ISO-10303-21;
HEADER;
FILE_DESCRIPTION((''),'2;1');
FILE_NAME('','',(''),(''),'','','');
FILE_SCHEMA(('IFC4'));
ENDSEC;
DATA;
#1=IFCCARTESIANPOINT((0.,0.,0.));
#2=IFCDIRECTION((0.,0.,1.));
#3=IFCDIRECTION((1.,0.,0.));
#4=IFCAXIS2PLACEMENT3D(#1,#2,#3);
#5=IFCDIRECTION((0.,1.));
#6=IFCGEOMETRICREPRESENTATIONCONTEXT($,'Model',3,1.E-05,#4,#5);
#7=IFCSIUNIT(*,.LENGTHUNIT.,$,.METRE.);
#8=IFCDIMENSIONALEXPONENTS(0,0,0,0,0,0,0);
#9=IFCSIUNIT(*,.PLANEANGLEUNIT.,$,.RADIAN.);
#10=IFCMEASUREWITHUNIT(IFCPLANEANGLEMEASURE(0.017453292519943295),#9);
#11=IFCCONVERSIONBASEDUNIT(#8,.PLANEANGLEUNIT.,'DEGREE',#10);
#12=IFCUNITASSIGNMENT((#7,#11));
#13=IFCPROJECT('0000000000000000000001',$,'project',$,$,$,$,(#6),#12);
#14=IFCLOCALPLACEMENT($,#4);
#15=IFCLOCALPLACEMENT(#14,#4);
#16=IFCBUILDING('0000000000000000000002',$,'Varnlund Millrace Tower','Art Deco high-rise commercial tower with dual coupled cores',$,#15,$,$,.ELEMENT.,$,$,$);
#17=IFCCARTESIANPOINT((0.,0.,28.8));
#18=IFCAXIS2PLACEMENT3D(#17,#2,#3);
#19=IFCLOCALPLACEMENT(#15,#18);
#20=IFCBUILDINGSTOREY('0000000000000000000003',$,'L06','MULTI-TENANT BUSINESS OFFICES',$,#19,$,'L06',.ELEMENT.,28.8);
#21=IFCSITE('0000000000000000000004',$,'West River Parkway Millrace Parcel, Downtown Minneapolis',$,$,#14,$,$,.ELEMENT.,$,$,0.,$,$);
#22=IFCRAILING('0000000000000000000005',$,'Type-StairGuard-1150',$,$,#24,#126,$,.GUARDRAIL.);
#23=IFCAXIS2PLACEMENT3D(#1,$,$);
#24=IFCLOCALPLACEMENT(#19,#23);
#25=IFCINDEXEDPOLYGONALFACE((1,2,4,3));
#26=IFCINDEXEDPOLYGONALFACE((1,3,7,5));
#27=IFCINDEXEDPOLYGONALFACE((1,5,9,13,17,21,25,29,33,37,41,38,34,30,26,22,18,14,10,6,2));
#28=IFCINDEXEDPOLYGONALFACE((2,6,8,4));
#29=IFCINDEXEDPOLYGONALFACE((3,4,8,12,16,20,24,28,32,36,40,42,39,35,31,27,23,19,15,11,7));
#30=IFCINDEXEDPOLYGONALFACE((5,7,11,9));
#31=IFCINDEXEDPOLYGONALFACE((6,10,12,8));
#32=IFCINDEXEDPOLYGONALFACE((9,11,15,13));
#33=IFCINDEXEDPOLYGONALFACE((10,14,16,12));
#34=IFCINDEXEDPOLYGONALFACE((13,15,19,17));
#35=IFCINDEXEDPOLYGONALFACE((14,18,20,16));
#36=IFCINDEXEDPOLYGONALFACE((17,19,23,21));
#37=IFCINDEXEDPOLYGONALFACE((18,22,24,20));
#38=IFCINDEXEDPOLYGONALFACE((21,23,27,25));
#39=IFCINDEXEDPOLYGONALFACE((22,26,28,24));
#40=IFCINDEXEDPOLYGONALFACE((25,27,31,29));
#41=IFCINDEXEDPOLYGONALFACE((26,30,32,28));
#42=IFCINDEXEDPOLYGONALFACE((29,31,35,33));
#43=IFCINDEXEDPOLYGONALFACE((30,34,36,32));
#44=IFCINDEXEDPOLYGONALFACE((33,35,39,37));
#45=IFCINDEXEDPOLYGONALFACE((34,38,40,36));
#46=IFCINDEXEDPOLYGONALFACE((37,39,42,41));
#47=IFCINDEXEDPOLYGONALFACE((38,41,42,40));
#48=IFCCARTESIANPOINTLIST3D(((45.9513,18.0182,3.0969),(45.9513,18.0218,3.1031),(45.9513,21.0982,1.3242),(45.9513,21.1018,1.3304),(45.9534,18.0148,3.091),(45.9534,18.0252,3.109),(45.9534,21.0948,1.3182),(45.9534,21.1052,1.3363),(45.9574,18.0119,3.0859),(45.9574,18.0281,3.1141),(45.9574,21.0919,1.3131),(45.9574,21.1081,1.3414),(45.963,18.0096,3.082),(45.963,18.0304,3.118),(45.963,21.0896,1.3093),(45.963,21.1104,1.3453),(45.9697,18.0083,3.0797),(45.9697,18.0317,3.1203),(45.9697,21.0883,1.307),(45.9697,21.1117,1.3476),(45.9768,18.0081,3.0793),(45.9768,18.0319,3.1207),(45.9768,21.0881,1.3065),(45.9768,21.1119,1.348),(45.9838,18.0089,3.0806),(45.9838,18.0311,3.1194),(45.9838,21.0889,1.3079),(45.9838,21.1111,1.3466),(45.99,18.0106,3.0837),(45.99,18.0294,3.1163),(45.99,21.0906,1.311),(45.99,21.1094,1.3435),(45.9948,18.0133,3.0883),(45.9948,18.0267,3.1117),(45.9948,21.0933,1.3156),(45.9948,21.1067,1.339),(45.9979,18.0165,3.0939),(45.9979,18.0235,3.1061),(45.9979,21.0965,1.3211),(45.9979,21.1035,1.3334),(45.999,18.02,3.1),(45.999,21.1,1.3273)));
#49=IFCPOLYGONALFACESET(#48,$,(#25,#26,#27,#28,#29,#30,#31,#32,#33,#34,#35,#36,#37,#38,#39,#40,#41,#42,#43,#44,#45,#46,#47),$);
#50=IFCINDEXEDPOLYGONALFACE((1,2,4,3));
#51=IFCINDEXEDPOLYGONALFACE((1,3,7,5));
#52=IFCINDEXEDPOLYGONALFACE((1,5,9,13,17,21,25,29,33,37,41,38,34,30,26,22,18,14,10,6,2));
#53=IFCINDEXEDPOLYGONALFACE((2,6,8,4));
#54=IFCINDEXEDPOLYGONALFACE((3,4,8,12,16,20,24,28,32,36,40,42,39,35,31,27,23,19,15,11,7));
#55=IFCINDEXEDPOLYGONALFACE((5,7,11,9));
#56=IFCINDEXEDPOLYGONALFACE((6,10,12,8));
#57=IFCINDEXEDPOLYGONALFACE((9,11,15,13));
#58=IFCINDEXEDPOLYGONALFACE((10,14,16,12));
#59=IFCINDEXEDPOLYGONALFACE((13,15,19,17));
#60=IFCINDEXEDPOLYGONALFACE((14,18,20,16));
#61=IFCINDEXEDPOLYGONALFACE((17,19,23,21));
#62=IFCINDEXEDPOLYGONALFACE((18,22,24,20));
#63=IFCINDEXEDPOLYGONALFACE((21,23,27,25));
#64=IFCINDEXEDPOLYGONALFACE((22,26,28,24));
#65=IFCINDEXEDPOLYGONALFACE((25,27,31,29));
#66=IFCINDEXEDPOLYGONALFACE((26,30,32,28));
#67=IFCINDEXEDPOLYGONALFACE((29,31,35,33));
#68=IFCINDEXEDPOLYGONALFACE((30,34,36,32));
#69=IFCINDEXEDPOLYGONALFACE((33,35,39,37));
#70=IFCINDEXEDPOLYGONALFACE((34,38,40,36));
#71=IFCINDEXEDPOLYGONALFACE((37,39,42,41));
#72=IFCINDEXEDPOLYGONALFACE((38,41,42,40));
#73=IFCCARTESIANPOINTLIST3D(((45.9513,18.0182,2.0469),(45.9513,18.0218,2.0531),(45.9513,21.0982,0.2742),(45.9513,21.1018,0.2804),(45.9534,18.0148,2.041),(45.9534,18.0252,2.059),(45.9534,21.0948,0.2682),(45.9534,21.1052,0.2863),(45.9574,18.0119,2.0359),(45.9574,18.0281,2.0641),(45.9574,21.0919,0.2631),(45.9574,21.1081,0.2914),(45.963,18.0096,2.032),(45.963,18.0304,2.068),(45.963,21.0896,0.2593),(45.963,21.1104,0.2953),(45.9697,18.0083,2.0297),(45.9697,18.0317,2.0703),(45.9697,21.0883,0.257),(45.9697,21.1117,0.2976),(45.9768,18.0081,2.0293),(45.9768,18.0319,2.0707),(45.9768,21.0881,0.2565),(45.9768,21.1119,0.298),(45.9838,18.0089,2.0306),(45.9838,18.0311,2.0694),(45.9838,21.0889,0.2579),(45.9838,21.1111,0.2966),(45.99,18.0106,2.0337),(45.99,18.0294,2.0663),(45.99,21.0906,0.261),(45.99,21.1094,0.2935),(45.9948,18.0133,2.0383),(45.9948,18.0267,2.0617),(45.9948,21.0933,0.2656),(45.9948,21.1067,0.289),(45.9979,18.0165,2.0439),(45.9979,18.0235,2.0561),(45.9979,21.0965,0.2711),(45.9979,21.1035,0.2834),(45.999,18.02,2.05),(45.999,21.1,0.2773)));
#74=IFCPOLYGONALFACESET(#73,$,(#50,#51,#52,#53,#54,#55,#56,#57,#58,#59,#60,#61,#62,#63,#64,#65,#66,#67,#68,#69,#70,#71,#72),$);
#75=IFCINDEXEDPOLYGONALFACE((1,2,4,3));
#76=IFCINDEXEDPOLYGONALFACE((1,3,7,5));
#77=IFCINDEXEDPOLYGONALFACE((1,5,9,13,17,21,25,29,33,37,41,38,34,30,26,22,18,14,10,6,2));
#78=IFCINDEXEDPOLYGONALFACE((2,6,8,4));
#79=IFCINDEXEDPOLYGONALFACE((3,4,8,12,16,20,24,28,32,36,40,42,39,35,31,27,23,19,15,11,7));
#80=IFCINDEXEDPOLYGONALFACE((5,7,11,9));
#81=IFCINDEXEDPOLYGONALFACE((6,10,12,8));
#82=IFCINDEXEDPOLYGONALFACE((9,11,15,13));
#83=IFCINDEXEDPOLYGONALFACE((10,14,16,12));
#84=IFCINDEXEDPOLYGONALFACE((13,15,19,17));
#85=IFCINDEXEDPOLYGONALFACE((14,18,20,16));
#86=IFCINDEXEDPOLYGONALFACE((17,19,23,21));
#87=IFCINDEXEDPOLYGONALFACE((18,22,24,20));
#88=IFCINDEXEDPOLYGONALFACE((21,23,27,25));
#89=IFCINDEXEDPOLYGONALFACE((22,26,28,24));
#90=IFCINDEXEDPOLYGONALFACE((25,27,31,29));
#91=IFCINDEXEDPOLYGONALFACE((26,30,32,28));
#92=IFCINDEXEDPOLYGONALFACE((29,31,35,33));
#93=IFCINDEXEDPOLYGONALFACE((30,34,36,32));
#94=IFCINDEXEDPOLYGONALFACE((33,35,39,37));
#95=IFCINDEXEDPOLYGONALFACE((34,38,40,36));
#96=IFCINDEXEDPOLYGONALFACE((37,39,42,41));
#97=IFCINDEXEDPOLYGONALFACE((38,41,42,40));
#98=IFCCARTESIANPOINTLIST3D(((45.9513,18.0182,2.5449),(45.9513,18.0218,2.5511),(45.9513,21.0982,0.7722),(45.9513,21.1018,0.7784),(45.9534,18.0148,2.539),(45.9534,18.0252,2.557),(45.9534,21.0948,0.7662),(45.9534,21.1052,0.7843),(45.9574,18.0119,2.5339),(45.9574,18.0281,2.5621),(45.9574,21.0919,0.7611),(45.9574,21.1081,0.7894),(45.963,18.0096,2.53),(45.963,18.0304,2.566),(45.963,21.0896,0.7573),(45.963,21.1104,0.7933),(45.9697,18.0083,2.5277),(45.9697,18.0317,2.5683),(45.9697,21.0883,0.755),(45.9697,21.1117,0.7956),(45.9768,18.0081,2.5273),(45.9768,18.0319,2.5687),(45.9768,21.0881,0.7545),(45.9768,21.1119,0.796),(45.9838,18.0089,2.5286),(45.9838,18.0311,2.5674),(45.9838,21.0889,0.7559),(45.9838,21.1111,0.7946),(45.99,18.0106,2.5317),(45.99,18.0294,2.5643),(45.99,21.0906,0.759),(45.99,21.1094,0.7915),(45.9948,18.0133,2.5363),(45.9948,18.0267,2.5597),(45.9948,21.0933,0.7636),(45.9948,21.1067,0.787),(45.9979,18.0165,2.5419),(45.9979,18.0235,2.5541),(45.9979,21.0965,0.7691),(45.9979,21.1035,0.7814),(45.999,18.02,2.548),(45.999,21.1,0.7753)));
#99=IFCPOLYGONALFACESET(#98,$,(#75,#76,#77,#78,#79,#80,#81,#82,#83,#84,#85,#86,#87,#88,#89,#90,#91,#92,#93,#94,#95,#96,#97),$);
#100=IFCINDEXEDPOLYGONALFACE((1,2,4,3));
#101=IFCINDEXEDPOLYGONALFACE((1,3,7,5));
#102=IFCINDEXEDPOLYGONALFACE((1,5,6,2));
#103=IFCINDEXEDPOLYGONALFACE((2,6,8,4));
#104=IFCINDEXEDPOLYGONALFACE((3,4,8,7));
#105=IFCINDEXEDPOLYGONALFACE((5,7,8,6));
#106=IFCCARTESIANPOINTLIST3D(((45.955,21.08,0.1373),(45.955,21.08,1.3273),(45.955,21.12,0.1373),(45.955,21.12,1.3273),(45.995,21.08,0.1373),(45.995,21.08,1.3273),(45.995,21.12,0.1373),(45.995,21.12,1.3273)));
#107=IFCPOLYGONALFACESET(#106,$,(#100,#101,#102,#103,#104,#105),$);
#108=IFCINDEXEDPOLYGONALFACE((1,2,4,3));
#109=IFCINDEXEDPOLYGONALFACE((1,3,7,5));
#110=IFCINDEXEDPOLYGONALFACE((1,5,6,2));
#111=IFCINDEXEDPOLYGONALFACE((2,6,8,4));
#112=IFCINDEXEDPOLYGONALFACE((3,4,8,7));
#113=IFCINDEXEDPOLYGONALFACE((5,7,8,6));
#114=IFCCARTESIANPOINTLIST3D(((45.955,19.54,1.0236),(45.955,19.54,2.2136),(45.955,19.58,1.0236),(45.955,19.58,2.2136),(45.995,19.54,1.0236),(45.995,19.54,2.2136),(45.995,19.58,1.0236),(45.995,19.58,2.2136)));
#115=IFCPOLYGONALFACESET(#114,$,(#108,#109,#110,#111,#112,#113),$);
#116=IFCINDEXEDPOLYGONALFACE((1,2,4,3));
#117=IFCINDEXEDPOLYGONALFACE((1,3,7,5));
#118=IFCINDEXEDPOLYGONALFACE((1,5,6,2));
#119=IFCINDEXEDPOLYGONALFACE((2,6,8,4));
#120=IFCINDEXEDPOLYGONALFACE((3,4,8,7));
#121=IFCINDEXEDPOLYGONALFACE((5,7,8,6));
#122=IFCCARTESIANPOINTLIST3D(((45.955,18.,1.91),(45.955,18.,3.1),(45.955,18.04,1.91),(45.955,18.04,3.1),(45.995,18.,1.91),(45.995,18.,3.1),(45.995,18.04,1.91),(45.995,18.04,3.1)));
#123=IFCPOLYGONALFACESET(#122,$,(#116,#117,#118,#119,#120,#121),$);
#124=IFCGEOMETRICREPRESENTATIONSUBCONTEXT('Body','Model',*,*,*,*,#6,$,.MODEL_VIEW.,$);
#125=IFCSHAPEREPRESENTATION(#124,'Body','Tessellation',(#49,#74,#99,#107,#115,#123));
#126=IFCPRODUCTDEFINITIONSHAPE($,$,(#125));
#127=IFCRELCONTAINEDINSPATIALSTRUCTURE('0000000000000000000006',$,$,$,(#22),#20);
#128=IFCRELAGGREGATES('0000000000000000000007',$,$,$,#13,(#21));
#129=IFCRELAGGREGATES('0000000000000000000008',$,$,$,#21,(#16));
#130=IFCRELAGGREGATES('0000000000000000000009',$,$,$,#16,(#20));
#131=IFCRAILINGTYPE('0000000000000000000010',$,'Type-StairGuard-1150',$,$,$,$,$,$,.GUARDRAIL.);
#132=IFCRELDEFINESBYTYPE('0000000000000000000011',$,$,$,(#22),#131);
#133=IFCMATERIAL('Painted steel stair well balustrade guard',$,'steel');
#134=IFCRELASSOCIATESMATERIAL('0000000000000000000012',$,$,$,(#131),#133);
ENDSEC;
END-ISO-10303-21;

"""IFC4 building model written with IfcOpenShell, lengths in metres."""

from ifc_helpers import new_model, entity, si_unit, converted_unit, direction, frame, origin_with_axes, origin_2d_with_axis, place, context, subcontext, project, spatial, rectangle, circle, extrude, material, type_object, element, save


model = new_model("IFC4")

# Units and contexts
model_context = context("Model", 3, precision=1e-05, world=origin_with_axes(), true_north=direction((0.0, 1.0)))
body_context = subcontext(model_context, "Body", "Model", "MODEL_VIEW")
ifc_project = project(units=[si_unit("LENGTHUNIT", "METRE"), converted_unit("PLANEANGLEUNIT", "DEGREE", entity("IfcPlaneAngleMeasure", 0.017453292519943295), si_unit("PLANEANGLEUNIT", "RADIAN"), dimensions=[0, 0, 0, 0, 0, 0, 0])], contexts=[model_context])

# Site, building, storey
site_placement = place(None, origin_with_axes())
site = spatial("IfcSite", under=ifc_project, at=site_placement, Name="West River Parkway Millrace Parcel, Downtown Minneapolis", CompositionType="ELEMENT", RefElevation=0.0)
building_placement = place(site_placement, origin_with_axes())
building = spatial("IfcBuilding", under=site, at=building_placement, Name="Varnlund Millrace Tower", Description="Art Deco high-rise commercial tower with dual coupled cores", CompositionType="ELEMENT")
storey_placement = place(building_placement, frame((0.0, 0.0, 28.8), z_axis=(0.0, 0.0, 1.0), x_axis=(1.0, 0.0, 0.0)))
storey = spatial("IfcBuildingStorey", under=building, at=storey_placement, Name="L06", Description="MULTI-TENANT BUSINESS OFFICES", LongName="L06", CompositionType="ELEMENT", Elevation=28.8)

# Railing
ifc_material_1 = material(Name="Painted steel stair well balustrade guard", Category="steel")
railing_type_1 = type_object("IfcRailingType", Name="Type-StairGuard-1150", PredefinedType="GUARDRAIL", material=ifc_material_1)
railing_1_placement = place(storey_placement, frame((0.0, 0.0, -28.8), z_axis=(0.0, 0.0, 1.0), x_axis=(1.0, 0.0, 0.0)))
element("IfcRailing", 1, at=railing_1_placement, inside=storey, type_object=railing_type_1, Name="Type-StairGuard-1150", PredefinedType="GUARDRAIL", context=body_context, shape_type="SweptSolid", body=[
    extrude(circle(Radius=0.024, at=origin_2d_with_axis()), frame((45.975, 21.1, 30.1273), z_axis=(0.0, -0.866696, 0.498836), x_axis=(1.0, 0.0, 0.0)), (0.0, 0.0, 1.0), 3.5537),
    extrude(circle(Radius=0.024, at=origin_2d_with_axis()), frame((45.975, 21.1, 29.0773), z_axis=(0.0, -0.866696, 0.498836), x_axis=(1.0, 0.0, 0.0)), (0.0, 0.0, 1.0), 3.5537),
    extrude(circle(Radius=0.024, at=origin_2d_with_axis()), frame((45.975, 21.1, 29.5753), z_axis=(0.0, -0.866696, 0.498836), x_axis=(1.0, 0.0, 0.0)), (0.0, 0.0, 1.0), 3.5537),
    extrude(rectangle(XDim=0.04, YDim=0.04, at=origin_2d_with_axis()), frame((45.975, 21.1, 28.9373), z_axis=(0.0, 0.0, 1.0), x_axis=(1.0, 0.0, 0.0)), (0.0, 0.0, 1.0), 1.19),
    extrude(rectangle(XDim=0.04, YDim=0.04, at=origin_2d_with_axis()), frame((45.975, 19.56, 29.8236), z_axis=(0.0, 0.0, 1.0), x_axis=(1.0, 0.0, 0.0)), (0.0, 0.0, 1.0), 1.19),
    extrude(rectangle(XDim=0.04, YDim=0.04, at=origin_2d_with_axis()), frame((45.975, 18.02, 30.71), z_axis=(0.0, 0.0, 1.0), x_axis=(1.0, 0.0, 0.0)), (0.0, 0.0, 1.0), 1.19),
])

save(model, "model.ifc")
